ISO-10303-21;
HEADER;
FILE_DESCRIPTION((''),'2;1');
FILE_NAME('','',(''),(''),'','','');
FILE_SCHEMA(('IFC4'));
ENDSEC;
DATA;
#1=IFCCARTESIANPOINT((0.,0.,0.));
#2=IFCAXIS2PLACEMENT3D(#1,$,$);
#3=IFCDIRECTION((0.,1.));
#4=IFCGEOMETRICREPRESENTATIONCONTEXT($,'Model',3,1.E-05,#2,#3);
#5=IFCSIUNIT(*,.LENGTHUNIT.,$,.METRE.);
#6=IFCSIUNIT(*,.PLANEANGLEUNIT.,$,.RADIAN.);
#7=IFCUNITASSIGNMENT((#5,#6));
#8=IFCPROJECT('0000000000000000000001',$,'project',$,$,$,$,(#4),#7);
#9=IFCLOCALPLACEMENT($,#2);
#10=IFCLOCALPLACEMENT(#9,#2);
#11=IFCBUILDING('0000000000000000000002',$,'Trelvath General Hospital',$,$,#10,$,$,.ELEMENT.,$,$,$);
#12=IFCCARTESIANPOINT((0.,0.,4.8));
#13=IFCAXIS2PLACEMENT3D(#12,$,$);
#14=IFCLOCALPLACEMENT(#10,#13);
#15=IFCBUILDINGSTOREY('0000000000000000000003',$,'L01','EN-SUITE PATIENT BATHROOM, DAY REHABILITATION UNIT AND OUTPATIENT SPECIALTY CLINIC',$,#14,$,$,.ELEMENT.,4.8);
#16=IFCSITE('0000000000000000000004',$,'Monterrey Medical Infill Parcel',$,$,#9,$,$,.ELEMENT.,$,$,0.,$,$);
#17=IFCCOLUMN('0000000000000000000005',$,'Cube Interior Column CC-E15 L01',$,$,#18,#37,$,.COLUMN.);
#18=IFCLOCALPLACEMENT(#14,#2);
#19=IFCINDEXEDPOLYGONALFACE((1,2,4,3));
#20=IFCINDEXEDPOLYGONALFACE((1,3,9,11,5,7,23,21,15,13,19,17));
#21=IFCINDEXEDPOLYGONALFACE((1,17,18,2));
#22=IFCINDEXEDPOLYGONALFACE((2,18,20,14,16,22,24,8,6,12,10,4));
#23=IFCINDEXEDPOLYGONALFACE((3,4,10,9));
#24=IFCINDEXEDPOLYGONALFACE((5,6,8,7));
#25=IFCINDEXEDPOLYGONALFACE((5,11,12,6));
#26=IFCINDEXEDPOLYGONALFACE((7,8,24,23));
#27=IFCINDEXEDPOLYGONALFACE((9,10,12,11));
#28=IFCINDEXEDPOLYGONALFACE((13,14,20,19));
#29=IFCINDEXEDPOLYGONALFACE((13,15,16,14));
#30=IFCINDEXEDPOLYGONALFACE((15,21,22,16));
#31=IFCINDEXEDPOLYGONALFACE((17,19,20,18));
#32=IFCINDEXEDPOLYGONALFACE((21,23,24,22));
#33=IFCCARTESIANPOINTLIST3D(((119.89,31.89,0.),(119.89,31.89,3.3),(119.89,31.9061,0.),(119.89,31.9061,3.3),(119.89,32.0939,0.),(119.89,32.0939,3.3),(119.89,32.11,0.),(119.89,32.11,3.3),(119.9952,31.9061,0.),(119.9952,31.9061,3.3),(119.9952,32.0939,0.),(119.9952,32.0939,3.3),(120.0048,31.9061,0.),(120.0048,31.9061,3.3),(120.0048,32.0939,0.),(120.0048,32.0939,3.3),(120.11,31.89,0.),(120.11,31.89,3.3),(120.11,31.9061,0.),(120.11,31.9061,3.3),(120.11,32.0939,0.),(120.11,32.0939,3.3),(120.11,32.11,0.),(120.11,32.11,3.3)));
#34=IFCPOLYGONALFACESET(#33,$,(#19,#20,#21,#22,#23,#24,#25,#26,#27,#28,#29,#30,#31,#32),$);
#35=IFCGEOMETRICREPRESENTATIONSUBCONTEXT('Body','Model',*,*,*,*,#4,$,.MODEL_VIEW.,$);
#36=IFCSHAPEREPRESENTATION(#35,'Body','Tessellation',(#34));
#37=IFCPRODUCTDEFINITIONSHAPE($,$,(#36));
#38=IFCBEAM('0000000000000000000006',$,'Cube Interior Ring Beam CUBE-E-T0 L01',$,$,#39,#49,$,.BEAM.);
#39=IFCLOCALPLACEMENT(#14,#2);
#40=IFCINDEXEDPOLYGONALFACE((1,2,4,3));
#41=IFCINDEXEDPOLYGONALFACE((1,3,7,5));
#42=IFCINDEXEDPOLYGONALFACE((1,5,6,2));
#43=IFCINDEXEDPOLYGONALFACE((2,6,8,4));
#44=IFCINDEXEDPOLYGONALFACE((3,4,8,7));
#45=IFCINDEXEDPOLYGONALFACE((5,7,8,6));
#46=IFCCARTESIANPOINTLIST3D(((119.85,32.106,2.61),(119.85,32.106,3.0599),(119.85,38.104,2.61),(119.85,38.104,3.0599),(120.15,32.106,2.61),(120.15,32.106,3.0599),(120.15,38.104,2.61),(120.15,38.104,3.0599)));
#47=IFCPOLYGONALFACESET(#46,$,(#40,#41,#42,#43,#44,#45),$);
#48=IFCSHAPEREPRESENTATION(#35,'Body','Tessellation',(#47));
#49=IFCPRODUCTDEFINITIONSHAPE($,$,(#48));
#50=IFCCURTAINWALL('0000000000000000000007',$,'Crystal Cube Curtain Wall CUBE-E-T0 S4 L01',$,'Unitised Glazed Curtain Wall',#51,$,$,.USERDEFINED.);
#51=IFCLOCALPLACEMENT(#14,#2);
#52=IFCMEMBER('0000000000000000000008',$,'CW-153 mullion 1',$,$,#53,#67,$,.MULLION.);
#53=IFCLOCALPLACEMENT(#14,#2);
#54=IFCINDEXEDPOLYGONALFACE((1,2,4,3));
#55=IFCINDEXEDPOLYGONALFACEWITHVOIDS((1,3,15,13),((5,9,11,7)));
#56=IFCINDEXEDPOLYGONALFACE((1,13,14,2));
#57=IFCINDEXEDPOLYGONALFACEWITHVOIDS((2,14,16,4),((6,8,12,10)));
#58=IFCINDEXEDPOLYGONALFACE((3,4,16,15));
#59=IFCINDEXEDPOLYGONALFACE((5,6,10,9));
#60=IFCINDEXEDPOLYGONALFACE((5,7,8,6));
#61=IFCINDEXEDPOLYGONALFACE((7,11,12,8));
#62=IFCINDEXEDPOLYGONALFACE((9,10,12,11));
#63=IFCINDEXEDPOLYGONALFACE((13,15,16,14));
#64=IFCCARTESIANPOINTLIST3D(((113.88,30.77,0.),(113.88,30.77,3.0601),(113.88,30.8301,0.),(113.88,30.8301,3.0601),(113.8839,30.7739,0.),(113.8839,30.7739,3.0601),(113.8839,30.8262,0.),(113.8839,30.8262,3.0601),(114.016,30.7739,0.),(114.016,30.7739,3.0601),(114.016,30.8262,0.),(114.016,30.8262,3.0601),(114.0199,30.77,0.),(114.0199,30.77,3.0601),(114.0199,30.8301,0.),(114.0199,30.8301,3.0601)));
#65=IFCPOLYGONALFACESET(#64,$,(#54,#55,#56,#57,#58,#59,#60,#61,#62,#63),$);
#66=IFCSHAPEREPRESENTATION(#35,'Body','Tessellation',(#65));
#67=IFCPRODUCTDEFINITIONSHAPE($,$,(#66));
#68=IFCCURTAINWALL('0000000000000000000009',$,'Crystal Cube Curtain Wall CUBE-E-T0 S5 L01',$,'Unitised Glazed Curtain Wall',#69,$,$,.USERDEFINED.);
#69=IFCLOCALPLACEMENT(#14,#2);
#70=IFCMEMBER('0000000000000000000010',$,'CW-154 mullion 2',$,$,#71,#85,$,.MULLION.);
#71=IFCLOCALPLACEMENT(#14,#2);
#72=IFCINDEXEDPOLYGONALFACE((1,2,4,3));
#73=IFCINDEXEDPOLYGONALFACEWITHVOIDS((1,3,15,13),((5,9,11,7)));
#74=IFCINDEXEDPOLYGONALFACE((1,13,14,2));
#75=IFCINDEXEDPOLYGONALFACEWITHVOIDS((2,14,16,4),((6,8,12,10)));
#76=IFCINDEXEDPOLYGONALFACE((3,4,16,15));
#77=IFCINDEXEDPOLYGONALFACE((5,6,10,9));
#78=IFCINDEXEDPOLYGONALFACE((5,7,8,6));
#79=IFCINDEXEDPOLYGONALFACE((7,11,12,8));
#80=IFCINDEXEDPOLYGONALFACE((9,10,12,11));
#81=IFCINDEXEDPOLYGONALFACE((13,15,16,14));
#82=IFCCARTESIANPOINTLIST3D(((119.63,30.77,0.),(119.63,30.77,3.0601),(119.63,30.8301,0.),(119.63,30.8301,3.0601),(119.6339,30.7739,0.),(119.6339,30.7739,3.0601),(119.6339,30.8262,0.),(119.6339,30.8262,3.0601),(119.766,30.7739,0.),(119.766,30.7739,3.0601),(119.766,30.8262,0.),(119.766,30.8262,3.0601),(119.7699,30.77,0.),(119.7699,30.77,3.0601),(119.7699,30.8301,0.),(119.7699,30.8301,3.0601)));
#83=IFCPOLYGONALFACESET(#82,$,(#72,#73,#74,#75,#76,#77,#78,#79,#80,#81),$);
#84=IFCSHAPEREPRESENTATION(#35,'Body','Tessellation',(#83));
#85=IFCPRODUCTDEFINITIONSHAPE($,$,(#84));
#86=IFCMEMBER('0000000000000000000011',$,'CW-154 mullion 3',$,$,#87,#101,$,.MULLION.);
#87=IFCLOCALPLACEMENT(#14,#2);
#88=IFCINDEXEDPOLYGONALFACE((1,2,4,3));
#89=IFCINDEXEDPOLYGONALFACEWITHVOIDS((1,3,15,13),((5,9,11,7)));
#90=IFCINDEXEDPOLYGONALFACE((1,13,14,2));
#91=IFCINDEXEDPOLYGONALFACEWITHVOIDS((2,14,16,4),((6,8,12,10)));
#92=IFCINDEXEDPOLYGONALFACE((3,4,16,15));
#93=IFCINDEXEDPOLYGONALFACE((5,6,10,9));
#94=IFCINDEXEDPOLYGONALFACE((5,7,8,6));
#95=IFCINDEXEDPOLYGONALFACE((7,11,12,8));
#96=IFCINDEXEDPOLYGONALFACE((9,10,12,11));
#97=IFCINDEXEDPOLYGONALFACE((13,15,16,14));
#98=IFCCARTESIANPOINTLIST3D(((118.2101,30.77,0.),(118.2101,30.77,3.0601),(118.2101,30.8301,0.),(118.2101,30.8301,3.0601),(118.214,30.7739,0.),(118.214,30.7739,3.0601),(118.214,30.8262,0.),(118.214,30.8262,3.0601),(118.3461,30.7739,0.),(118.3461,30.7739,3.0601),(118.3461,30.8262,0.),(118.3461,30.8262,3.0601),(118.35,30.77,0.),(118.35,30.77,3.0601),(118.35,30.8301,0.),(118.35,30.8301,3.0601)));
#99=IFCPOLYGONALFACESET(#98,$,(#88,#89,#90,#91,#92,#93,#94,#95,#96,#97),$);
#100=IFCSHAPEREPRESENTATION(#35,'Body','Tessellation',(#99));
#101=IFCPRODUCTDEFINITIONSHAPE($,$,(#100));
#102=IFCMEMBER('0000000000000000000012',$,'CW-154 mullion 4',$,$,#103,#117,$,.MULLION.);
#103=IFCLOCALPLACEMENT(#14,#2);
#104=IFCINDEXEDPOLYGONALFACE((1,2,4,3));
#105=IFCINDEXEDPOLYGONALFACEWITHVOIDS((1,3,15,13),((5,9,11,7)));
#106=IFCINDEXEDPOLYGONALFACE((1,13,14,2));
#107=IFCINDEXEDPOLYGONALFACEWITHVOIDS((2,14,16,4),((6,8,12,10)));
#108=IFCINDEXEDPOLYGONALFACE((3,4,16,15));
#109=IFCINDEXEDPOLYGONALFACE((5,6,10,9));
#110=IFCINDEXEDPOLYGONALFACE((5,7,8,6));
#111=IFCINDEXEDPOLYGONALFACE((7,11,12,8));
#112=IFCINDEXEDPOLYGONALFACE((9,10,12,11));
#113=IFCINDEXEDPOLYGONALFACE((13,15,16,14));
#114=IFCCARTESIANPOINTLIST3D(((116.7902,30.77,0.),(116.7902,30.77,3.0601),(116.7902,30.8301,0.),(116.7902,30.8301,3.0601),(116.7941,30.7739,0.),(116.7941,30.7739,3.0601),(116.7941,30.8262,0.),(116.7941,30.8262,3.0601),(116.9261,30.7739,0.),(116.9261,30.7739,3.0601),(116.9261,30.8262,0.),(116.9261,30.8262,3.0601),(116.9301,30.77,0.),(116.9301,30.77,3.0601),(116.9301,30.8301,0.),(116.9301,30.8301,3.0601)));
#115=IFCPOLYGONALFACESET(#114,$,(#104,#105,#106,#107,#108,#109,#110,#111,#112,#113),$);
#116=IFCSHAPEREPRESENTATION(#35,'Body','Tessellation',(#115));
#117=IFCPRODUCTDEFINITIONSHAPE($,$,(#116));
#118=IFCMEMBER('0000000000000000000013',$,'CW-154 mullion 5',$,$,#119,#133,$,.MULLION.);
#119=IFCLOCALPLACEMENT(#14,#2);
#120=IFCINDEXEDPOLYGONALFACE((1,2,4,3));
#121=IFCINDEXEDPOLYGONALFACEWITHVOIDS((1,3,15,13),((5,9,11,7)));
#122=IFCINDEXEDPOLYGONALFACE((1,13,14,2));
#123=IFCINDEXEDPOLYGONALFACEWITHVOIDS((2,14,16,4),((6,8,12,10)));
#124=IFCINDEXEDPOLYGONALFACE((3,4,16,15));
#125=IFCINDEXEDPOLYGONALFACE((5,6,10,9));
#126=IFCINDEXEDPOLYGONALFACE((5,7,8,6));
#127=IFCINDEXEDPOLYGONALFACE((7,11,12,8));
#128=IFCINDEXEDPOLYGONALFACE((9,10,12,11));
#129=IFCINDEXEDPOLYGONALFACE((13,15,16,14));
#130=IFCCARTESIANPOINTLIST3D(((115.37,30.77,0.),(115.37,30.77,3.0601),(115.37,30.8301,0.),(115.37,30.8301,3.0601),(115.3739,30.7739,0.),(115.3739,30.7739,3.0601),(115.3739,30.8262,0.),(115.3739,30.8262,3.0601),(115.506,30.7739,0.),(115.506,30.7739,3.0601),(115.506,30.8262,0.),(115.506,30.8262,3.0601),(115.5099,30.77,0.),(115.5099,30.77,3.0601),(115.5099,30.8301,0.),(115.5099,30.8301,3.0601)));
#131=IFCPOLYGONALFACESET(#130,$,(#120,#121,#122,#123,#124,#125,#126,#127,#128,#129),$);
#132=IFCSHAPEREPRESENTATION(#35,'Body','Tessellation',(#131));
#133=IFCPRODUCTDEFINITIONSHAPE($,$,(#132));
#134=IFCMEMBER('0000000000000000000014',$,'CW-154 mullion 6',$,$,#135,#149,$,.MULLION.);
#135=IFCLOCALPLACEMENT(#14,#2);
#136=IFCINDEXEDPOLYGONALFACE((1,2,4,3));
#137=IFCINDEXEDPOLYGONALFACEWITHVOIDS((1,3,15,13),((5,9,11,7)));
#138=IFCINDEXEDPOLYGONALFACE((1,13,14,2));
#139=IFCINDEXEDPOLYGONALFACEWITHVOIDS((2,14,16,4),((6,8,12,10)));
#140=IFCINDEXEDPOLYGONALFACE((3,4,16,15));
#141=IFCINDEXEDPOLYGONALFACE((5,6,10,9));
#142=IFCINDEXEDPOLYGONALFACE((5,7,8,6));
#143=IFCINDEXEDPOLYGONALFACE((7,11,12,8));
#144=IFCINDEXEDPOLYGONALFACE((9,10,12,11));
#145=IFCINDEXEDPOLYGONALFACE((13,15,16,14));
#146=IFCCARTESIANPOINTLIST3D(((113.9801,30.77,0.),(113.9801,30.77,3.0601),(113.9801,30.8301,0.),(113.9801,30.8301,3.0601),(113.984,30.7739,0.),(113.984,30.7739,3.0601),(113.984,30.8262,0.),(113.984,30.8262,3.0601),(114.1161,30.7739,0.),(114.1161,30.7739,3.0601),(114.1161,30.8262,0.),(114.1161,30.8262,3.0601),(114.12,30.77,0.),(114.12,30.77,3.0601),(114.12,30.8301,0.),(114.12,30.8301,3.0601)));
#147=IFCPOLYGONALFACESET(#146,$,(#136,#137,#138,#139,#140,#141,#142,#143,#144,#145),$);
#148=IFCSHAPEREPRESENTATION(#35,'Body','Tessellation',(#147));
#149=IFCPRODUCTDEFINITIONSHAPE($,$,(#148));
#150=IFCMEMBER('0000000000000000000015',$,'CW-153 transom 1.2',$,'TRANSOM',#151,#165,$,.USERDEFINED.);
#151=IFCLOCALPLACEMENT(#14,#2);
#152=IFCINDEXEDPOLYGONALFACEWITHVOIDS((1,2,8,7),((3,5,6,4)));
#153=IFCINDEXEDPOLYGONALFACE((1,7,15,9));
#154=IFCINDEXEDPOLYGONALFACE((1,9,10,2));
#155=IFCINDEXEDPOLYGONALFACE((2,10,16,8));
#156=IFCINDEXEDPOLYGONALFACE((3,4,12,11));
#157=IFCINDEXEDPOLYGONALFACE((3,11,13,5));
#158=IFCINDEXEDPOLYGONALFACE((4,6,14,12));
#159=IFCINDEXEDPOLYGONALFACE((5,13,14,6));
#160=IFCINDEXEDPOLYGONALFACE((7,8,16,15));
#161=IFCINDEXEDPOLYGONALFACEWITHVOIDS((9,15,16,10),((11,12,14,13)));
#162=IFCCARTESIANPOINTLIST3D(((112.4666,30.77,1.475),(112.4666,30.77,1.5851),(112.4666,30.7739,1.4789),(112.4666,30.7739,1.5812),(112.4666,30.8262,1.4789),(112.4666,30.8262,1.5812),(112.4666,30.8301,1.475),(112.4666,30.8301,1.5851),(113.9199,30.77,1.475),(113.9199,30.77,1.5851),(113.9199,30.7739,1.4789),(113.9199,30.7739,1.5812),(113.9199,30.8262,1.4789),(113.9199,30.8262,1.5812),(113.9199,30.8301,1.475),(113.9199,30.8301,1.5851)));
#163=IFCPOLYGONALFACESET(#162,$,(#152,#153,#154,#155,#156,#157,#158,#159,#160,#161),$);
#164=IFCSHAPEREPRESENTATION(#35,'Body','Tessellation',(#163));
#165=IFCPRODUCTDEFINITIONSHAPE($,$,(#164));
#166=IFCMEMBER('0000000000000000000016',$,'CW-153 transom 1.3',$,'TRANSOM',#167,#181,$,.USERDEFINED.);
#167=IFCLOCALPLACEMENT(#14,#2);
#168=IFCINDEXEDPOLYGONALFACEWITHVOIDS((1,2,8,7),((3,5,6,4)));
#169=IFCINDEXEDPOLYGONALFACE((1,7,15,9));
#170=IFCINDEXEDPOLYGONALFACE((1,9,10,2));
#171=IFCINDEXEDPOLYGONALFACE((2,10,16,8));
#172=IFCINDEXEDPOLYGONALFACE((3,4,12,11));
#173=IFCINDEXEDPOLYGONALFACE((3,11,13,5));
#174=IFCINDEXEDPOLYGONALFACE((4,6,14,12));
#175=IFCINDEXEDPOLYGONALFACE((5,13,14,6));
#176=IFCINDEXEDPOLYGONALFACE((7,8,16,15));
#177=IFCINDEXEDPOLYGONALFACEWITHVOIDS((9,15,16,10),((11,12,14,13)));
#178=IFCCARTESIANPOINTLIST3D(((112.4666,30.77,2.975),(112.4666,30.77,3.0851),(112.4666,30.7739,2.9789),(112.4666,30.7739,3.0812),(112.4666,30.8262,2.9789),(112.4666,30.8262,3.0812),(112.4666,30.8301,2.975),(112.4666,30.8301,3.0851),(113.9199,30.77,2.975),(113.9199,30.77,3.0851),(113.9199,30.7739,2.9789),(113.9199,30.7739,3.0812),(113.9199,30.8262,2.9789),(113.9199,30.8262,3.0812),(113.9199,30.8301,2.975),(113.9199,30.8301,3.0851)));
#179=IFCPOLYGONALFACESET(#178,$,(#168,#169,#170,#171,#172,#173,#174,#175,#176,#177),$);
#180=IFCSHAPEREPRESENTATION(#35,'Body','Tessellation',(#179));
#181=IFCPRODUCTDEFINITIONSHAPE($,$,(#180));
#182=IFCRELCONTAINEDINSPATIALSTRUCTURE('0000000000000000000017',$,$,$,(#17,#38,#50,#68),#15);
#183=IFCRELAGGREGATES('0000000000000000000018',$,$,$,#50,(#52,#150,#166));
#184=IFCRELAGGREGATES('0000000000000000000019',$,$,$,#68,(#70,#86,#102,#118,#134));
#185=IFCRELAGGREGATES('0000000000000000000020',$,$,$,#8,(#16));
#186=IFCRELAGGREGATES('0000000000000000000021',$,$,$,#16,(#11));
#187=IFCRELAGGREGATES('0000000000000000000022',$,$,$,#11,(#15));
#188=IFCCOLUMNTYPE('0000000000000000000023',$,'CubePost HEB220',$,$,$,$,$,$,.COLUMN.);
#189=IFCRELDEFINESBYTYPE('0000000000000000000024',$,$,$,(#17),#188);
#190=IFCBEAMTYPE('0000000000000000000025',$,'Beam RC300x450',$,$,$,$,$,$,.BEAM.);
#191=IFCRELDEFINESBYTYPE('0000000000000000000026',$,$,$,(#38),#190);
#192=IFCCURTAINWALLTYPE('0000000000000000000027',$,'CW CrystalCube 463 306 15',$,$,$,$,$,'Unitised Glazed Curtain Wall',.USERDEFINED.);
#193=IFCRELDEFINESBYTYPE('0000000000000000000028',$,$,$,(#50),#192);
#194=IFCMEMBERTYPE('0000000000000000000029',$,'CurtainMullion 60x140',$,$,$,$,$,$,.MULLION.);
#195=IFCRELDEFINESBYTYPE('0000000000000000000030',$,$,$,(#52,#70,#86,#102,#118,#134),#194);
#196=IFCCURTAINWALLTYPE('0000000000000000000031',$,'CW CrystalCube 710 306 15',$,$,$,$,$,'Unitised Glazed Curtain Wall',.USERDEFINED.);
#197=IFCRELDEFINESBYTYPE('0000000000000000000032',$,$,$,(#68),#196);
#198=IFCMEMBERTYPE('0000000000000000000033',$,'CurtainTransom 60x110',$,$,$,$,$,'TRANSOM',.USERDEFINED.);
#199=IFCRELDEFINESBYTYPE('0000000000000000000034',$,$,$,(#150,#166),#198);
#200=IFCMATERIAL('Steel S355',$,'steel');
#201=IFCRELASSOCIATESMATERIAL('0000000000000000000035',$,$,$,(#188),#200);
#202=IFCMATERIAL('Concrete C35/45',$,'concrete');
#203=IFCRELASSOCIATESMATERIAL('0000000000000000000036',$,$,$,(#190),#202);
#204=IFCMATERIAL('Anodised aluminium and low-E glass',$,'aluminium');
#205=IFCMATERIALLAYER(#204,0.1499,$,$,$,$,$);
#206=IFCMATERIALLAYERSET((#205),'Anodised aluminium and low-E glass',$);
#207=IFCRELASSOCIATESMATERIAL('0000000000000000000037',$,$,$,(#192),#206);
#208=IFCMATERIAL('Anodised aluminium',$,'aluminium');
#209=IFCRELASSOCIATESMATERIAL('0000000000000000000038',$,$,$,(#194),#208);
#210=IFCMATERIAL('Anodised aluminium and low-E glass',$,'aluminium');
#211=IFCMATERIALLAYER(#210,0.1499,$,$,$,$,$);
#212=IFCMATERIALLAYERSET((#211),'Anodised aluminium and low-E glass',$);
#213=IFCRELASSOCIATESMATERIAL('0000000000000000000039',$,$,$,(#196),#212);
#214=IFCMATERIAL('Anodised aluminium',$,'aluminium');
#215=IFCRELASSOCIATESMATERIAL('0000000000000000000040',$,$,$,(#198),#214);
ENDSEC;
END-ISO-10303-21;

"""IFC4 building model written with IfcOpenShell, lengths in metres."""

from ifc_helpers import new_model, si_unit, direction, frame, origin, origin_2d, place, context, subcontext, project, spatial, rectangle, hollow_rectangle, i_section, extrude, material, layer, layer_set, material_profile, profile_set, type_object, element, aggregate, save


model = new_model("IFC4")

# Units and contexts
model_context = context("Model", 3, precision=1e-05, world=origin(), true_north=direction((0.0, 1.0)))
body_context = subcontext(model_context, "Body", "Model", "MODEL_VIEW")
ifc_project = project(units=[si_unit("LENGTHUNIT", "METRE"), si_unit("PLANEANGLEUNIT", "RADIAN")], contexts=[model_context])

# Site, building, storey
site_placement = place(None, origin())
site = spatial("IfcSite", under=ifc_project, at=site_placement, Name="Monterrey Medical Infill Parcel", CompositionType="ELEMENT", RefElevation=0.0)
building_placement = place(site_placement, origin())
building = spatial("IfcBuilding", under=site, at=building_placement, Name="Trelvath General Hospital", CompositionType="ELEMENT")
storey_placement = place(building_placement, frame((0.0, 0.0, 4.8)))
storey = spatial("IfcBuildingStorey", under=building, at=storey_placement, Name="L01", Description="EN-SUITE PATIENT BATHROOM, DAY REHABILITATION UNIT AND OUTPATIENT SPECIALTY CLINIC", CompositionType="ELEMENT", Elevation=4.8)

# Column
ifc_material_1 = material(Name="Steel S355", Category="steel")
ifc_material_profile_1 = material_profile(ifc_material_1, i_section(OverallWidth=0.22, OverallDepth=0.22, WebThickness=0.0095, FlangeThickness=0.0161, at=origin_2d()), Name="HEB220")
ifc_profile_set_1 = profile_set([ifc_material_profile_1], Name="Steel S355")
column_type = type_object("IfcColumnType", Name="CubePost HEB220", PredefinedType="COLUMN", material=ifc_profile_set_1)
column_placement = place(storey_placement, frame((120.0, 32.0, 0.0), z_axis=(0.0, 0.0, 1.0), x_axis=(1.0, 0.0, 0.0)))
element("IfcColumn", 1, at=column_placement, inside=storey, type_object=column_type, Name="Cube Interior Column CC-E15 L01", PredefinedType="COLUMN", context=body_context, shape_type="SweptSolid", body=[
    extrude(i_section(OverallWidth=0.22, OverallDepth=0.22, WebThickness=0.0095, FlangeThickness=0.0161, at=origin_2d()), origin(), (0.0, 0.0, 1.0), 3.3),
])

# Beam
ifc_material_2 = material(Name="Concrete C35/45", Category="concrete")
ifc_material_profile_2 = material_profile(ifc_material_2, rectangle(XDim=0.3, YDim=0.45, at=origin_2d()), Name="RCB300x450")
ifc_profile_set_2 = profile_set([ifc_material_profile_2], Name="Concrete C35/45")
beam_type = type_object("IfcBeamType", Name="Beam RC300x450", PredefinedType="BEAM", material=ifc_profile_set_2)
beam_placement = place(storey_placement, frame((120.0, 32.106, 2.835), z_axis=(0.0, 1.0, 0.0), x_axis=(-1.0, 0.0, 0.0)))
element("IfcBeam", 2, at=beam_placement, inside=storey, type_object=beam_type, Name="Cube Interior Ring Beam CUBE-E-T0 L01", PredefinedType="BEAM", context=body_context, shape_type="SweptSolid", body=[
    extrude(rectangle(XDim=0.3, YDim=0.45, at=origin_2d()), origin(), (0.0, 0.0, 1.0), 5.998),
])

# Curtain wall, member
ifc_material_3 = material(Name="Anodised aluminium and low-E glass", Category="aluminium")
ifc_layer_1 = layer(ifc_material_3, 0.1499)
ifc_layer_set_1 = layer_set([ifc_layer_1], Name="Anodised aluminium and low-E glass")
curtain_wall_type_1 = type_object("IfcCurtainWallType", Name="CW CrystalCube 463 306 15", ElementType="Unitised Glazed Curtain Wall", PredefinedType="USERDEFINED", material=ifc_layer_set_1)
curtain_wall_1_placement = place(storey_placement, origin())
curtain_wall_1 = element("IfcCurtainWall", 3, at=curtain_wall_1_placement, inside=storey, type_object=curtain_wall_type_1, Name="Crystal Cube Curtain Wall CUBE-E-T0 S4 L01", ObjectType="Unitised Glazed Curtain Wall", PredefinedType="USERDEFINED")
ifc_material_4 = material(Name="Anodised aluminium", Category="aluminium")
ifc_material_profile_3 = material_profile(ifc_material_4, hollow_rectangle(XDim=0.0601, YDim=0.1399, WallThickness=0.0039, at=origin_2d()), Name="RHS60x140x4")
ifc_profile_set_3 = profile_set([ifc_material_profile_3], Name="Anodised aluminium")
member_type_1 = type_object("IfcMemberType", Name="CurtainMullion 60x140", PredefinedType="MULLION", material=ifc_profile_set_3)
member_1_placement = place(storey_placement, frame((113.95, 30.8, 0.0), z_axis=(0.0, 0.0, 1.0), x_axis=(0.0, -1.0, 0.0)))
member_1 = element("IfcMember", 4, at=member_1_placement, type_object=member_type_1, Name="CW-153 mullion 1", PredefinedType="MULLION", context=body_context, shape_type="SweptSolid", body=[
    extrude(hollow_rectangle(XDim=0.0601, YDim=0.1399, WallThickness=0.0039, at=origin_2d()), origin(), (0.0, 0.0, 1.0), 3.0601),
])

# Curtain wall, members
ifc_material_5 = material(Name="Anodised aluminium and low-E glass", Category="aluminium")
ifc_layer_2 = layer(ifc_material_5, 0.1499)
ifc_layer_set_2 = layer_set([ifc_layer_2], Name="Anodised aluminium and low-E glass")
curtain_wall_type_2 = type_object("IfcCurtainWallType", Name="CW CrystalCube 710 306 15", ElementType="Unitised Glazed Curtain Wall", PredefinedType="USERDEFINED", material=ifc_layer_set_2)
curtain_wall_2_placement = place(storey_placement, origin())
curtain_wall_2 = element("IfcCurtainWall", 5, at=curtain_wall_2_placement, inside=storey, type_object=curtain_wall_type_2, Name="Crystal Cube Curtain Wall CUBE-E-T0 S5 L01", ObjectType="Unitised Glazed Curtain Wall", PredefinedType="USERDEFINED")
member_2_placement = place(storey_placement, frame((119.7, 30.8, 0.0), z_axis=(0.0, 0.0, 1.0), x_axis=(0.0, -1.0, 0.0)))
member_2 = element("IfcMember", 6, at=member_2_placement, type_object=member_type_1, Name="CW-154 mullion 2", PredefinedType="MULLION", context=body_context, shape_type="SweptSolid", body=[
    extrude(hollow_rectangle(XDim=0.0601, YDim=0.1399, WallThickness=0.0039, at=origin_2d()), origin(), (0.0, 0.0, 1.0), 3.0601),
])
member_3_placement = place(storey_placement, frame((118.28, 30.8, 0.0), z_axis=(0.0, 0.0, 1.0), x_axis=(0.0, -1.0, 0.0)))
member_3 = element("IfcMember", 7, at=member_3_placement, type_object=member_type_1, Name="CW-154 mullion 3", PredefinedType="MULLION", context=body_context, shape_type="SweptSolid", body=[
    extrude(hollow_rectangle(XDim=0.0601, YDim=0.1399, WallThickness=0.0039, at=origin_2d()), origin(), (0.0, 0.0, 1.0), 3.0601),
])
member_4_placement = place(storey_placement, frame((116.8601, 30.8, 0.0), z_axis=(0.0, 0.0, 1.0), x_axis=(0.0, -1.0, 0.0)))
member_4 = element("IfcMember", 8, at=member_4_placement, type_object=member_type_1, Name="CW-154 mullion 4", PredefinedType="MULLION", context=body_context, shape_type="SweptSolid", body=[
    extrude(hollow_rectangle(XDim=0.0601, YDim=0.1399, WallThickness=0.0039, at=origin_2d()), origin(), (0.0, 0.0, 1.0), 3.0601),
])
member_5_placement = place(storey_placement, frame((115.4399, 30.8, 0.0), z_axis=(0.0, 0.0, 1.0), x_axis=(0.0, -1.0, 0.0)))
member_5 = element("IfcMember", 9, at=member_5_placement, type_object=member_type_1, Name="CW-154 mullion 5", PredefinedType="MULLION", context=body_context, shape_type="SweptSolid", body=[
    extrude(hollow_rectangle(XDim=0.0601, YDim=0.1399, WallThickness=0.0039, at=origin_2d()), origin(), (0.0, 0.0, 1.0), 3.0601),
])
member_6_placement = place(storey_placement, frame((114.05, 30.8, 0.0), z_axis=(0.0, 0.0, 1.0), x_axis=(0.0, -1.0, 0.0)))
member_6 = element("IfcMember", 10, at=member_6_placement, type_object=member_type_1, Name="CW-154 mullion 6", PredefinedType="MULLION", context=body_context, shape_type="SweptSolid", body=[
    extrude(hollow_rectangle(XDim=0.0601, YDim=0.1399, WallThickness=0.0039, at=origin_2d()), origin(), (0.0, 0.0, 1.0), 3.0601),
])

# Members
ifc_material_6 = material(Name="Anodised aluminium", Category="aluminium")
ifc_material_profile_4 = material_profile(ifc_material_6, hollow_rectangle(XDim=0.0601, YDim=0.1101, WallThickness=0.0039, at=origin_2d()), Name="RHS60x110x4")
ifc_profile_set_4 = profile_set([ifc_material_profile_4], Name="Anodised aluminium")
member_type_2 = type_object("IfcMemberType", Name="CurtainTransom 60x110", ElementType="TRANSOM", PredefinedType="USERDEFINED", material=ifc_profile_set_4)
member_7_placement = place(storey_placement, frame((113.9199, 30.8, 1.53), z_axis=(-1.0, 0.0, 0.0), x_axis=(0.0, -1.0, 0.0)))
member_7 = element("IfcMember", 11, at=member_7_placement, type_object=member_type_2, Name="CW-153 transom 1.2", ObjectType="TRANSOM", PredefinedType="USERDEFINED", context=body_context, shape_type="SweptSolid", body=[
    extrude(hollow_rectangle(XDim=0.0601, YDim=0.1101, WallThickness=0.0039, at=origin_2d()), origin(), (0.0, 0.0, 1.0), 1.4534),
])
member_8_placement = place(storey_placement, frame((113.9199, 30.8, 3.03), z_axis=(-1.0, 0.0, 0.0), x_axis=(0.0, -1.0, 0.0)))
member_8 = element("IfcMember", 12, at=member_8_placement, type_object=member_type_2, Name="CW-153 transom 1.3", ObjectType="TRANSOM", PredefinedType="USERDEFINED", context=body_context, shape_type="SweptSolid", body=[
    extrude(hollow_rectangle(XDim=0.0601, YDim=0.1101, WallThickness=0.0039, at=origin_2d()), origin(), (0.0, 0.0, 1.0), 1.4534),
])
aggregate(curtain_wall_1, [member_1, member_7, member_8])

aggregate(curtain_wall_2, [member_2, member_3, member_4, member_5, member_6])

save(model, "model.ifc")
